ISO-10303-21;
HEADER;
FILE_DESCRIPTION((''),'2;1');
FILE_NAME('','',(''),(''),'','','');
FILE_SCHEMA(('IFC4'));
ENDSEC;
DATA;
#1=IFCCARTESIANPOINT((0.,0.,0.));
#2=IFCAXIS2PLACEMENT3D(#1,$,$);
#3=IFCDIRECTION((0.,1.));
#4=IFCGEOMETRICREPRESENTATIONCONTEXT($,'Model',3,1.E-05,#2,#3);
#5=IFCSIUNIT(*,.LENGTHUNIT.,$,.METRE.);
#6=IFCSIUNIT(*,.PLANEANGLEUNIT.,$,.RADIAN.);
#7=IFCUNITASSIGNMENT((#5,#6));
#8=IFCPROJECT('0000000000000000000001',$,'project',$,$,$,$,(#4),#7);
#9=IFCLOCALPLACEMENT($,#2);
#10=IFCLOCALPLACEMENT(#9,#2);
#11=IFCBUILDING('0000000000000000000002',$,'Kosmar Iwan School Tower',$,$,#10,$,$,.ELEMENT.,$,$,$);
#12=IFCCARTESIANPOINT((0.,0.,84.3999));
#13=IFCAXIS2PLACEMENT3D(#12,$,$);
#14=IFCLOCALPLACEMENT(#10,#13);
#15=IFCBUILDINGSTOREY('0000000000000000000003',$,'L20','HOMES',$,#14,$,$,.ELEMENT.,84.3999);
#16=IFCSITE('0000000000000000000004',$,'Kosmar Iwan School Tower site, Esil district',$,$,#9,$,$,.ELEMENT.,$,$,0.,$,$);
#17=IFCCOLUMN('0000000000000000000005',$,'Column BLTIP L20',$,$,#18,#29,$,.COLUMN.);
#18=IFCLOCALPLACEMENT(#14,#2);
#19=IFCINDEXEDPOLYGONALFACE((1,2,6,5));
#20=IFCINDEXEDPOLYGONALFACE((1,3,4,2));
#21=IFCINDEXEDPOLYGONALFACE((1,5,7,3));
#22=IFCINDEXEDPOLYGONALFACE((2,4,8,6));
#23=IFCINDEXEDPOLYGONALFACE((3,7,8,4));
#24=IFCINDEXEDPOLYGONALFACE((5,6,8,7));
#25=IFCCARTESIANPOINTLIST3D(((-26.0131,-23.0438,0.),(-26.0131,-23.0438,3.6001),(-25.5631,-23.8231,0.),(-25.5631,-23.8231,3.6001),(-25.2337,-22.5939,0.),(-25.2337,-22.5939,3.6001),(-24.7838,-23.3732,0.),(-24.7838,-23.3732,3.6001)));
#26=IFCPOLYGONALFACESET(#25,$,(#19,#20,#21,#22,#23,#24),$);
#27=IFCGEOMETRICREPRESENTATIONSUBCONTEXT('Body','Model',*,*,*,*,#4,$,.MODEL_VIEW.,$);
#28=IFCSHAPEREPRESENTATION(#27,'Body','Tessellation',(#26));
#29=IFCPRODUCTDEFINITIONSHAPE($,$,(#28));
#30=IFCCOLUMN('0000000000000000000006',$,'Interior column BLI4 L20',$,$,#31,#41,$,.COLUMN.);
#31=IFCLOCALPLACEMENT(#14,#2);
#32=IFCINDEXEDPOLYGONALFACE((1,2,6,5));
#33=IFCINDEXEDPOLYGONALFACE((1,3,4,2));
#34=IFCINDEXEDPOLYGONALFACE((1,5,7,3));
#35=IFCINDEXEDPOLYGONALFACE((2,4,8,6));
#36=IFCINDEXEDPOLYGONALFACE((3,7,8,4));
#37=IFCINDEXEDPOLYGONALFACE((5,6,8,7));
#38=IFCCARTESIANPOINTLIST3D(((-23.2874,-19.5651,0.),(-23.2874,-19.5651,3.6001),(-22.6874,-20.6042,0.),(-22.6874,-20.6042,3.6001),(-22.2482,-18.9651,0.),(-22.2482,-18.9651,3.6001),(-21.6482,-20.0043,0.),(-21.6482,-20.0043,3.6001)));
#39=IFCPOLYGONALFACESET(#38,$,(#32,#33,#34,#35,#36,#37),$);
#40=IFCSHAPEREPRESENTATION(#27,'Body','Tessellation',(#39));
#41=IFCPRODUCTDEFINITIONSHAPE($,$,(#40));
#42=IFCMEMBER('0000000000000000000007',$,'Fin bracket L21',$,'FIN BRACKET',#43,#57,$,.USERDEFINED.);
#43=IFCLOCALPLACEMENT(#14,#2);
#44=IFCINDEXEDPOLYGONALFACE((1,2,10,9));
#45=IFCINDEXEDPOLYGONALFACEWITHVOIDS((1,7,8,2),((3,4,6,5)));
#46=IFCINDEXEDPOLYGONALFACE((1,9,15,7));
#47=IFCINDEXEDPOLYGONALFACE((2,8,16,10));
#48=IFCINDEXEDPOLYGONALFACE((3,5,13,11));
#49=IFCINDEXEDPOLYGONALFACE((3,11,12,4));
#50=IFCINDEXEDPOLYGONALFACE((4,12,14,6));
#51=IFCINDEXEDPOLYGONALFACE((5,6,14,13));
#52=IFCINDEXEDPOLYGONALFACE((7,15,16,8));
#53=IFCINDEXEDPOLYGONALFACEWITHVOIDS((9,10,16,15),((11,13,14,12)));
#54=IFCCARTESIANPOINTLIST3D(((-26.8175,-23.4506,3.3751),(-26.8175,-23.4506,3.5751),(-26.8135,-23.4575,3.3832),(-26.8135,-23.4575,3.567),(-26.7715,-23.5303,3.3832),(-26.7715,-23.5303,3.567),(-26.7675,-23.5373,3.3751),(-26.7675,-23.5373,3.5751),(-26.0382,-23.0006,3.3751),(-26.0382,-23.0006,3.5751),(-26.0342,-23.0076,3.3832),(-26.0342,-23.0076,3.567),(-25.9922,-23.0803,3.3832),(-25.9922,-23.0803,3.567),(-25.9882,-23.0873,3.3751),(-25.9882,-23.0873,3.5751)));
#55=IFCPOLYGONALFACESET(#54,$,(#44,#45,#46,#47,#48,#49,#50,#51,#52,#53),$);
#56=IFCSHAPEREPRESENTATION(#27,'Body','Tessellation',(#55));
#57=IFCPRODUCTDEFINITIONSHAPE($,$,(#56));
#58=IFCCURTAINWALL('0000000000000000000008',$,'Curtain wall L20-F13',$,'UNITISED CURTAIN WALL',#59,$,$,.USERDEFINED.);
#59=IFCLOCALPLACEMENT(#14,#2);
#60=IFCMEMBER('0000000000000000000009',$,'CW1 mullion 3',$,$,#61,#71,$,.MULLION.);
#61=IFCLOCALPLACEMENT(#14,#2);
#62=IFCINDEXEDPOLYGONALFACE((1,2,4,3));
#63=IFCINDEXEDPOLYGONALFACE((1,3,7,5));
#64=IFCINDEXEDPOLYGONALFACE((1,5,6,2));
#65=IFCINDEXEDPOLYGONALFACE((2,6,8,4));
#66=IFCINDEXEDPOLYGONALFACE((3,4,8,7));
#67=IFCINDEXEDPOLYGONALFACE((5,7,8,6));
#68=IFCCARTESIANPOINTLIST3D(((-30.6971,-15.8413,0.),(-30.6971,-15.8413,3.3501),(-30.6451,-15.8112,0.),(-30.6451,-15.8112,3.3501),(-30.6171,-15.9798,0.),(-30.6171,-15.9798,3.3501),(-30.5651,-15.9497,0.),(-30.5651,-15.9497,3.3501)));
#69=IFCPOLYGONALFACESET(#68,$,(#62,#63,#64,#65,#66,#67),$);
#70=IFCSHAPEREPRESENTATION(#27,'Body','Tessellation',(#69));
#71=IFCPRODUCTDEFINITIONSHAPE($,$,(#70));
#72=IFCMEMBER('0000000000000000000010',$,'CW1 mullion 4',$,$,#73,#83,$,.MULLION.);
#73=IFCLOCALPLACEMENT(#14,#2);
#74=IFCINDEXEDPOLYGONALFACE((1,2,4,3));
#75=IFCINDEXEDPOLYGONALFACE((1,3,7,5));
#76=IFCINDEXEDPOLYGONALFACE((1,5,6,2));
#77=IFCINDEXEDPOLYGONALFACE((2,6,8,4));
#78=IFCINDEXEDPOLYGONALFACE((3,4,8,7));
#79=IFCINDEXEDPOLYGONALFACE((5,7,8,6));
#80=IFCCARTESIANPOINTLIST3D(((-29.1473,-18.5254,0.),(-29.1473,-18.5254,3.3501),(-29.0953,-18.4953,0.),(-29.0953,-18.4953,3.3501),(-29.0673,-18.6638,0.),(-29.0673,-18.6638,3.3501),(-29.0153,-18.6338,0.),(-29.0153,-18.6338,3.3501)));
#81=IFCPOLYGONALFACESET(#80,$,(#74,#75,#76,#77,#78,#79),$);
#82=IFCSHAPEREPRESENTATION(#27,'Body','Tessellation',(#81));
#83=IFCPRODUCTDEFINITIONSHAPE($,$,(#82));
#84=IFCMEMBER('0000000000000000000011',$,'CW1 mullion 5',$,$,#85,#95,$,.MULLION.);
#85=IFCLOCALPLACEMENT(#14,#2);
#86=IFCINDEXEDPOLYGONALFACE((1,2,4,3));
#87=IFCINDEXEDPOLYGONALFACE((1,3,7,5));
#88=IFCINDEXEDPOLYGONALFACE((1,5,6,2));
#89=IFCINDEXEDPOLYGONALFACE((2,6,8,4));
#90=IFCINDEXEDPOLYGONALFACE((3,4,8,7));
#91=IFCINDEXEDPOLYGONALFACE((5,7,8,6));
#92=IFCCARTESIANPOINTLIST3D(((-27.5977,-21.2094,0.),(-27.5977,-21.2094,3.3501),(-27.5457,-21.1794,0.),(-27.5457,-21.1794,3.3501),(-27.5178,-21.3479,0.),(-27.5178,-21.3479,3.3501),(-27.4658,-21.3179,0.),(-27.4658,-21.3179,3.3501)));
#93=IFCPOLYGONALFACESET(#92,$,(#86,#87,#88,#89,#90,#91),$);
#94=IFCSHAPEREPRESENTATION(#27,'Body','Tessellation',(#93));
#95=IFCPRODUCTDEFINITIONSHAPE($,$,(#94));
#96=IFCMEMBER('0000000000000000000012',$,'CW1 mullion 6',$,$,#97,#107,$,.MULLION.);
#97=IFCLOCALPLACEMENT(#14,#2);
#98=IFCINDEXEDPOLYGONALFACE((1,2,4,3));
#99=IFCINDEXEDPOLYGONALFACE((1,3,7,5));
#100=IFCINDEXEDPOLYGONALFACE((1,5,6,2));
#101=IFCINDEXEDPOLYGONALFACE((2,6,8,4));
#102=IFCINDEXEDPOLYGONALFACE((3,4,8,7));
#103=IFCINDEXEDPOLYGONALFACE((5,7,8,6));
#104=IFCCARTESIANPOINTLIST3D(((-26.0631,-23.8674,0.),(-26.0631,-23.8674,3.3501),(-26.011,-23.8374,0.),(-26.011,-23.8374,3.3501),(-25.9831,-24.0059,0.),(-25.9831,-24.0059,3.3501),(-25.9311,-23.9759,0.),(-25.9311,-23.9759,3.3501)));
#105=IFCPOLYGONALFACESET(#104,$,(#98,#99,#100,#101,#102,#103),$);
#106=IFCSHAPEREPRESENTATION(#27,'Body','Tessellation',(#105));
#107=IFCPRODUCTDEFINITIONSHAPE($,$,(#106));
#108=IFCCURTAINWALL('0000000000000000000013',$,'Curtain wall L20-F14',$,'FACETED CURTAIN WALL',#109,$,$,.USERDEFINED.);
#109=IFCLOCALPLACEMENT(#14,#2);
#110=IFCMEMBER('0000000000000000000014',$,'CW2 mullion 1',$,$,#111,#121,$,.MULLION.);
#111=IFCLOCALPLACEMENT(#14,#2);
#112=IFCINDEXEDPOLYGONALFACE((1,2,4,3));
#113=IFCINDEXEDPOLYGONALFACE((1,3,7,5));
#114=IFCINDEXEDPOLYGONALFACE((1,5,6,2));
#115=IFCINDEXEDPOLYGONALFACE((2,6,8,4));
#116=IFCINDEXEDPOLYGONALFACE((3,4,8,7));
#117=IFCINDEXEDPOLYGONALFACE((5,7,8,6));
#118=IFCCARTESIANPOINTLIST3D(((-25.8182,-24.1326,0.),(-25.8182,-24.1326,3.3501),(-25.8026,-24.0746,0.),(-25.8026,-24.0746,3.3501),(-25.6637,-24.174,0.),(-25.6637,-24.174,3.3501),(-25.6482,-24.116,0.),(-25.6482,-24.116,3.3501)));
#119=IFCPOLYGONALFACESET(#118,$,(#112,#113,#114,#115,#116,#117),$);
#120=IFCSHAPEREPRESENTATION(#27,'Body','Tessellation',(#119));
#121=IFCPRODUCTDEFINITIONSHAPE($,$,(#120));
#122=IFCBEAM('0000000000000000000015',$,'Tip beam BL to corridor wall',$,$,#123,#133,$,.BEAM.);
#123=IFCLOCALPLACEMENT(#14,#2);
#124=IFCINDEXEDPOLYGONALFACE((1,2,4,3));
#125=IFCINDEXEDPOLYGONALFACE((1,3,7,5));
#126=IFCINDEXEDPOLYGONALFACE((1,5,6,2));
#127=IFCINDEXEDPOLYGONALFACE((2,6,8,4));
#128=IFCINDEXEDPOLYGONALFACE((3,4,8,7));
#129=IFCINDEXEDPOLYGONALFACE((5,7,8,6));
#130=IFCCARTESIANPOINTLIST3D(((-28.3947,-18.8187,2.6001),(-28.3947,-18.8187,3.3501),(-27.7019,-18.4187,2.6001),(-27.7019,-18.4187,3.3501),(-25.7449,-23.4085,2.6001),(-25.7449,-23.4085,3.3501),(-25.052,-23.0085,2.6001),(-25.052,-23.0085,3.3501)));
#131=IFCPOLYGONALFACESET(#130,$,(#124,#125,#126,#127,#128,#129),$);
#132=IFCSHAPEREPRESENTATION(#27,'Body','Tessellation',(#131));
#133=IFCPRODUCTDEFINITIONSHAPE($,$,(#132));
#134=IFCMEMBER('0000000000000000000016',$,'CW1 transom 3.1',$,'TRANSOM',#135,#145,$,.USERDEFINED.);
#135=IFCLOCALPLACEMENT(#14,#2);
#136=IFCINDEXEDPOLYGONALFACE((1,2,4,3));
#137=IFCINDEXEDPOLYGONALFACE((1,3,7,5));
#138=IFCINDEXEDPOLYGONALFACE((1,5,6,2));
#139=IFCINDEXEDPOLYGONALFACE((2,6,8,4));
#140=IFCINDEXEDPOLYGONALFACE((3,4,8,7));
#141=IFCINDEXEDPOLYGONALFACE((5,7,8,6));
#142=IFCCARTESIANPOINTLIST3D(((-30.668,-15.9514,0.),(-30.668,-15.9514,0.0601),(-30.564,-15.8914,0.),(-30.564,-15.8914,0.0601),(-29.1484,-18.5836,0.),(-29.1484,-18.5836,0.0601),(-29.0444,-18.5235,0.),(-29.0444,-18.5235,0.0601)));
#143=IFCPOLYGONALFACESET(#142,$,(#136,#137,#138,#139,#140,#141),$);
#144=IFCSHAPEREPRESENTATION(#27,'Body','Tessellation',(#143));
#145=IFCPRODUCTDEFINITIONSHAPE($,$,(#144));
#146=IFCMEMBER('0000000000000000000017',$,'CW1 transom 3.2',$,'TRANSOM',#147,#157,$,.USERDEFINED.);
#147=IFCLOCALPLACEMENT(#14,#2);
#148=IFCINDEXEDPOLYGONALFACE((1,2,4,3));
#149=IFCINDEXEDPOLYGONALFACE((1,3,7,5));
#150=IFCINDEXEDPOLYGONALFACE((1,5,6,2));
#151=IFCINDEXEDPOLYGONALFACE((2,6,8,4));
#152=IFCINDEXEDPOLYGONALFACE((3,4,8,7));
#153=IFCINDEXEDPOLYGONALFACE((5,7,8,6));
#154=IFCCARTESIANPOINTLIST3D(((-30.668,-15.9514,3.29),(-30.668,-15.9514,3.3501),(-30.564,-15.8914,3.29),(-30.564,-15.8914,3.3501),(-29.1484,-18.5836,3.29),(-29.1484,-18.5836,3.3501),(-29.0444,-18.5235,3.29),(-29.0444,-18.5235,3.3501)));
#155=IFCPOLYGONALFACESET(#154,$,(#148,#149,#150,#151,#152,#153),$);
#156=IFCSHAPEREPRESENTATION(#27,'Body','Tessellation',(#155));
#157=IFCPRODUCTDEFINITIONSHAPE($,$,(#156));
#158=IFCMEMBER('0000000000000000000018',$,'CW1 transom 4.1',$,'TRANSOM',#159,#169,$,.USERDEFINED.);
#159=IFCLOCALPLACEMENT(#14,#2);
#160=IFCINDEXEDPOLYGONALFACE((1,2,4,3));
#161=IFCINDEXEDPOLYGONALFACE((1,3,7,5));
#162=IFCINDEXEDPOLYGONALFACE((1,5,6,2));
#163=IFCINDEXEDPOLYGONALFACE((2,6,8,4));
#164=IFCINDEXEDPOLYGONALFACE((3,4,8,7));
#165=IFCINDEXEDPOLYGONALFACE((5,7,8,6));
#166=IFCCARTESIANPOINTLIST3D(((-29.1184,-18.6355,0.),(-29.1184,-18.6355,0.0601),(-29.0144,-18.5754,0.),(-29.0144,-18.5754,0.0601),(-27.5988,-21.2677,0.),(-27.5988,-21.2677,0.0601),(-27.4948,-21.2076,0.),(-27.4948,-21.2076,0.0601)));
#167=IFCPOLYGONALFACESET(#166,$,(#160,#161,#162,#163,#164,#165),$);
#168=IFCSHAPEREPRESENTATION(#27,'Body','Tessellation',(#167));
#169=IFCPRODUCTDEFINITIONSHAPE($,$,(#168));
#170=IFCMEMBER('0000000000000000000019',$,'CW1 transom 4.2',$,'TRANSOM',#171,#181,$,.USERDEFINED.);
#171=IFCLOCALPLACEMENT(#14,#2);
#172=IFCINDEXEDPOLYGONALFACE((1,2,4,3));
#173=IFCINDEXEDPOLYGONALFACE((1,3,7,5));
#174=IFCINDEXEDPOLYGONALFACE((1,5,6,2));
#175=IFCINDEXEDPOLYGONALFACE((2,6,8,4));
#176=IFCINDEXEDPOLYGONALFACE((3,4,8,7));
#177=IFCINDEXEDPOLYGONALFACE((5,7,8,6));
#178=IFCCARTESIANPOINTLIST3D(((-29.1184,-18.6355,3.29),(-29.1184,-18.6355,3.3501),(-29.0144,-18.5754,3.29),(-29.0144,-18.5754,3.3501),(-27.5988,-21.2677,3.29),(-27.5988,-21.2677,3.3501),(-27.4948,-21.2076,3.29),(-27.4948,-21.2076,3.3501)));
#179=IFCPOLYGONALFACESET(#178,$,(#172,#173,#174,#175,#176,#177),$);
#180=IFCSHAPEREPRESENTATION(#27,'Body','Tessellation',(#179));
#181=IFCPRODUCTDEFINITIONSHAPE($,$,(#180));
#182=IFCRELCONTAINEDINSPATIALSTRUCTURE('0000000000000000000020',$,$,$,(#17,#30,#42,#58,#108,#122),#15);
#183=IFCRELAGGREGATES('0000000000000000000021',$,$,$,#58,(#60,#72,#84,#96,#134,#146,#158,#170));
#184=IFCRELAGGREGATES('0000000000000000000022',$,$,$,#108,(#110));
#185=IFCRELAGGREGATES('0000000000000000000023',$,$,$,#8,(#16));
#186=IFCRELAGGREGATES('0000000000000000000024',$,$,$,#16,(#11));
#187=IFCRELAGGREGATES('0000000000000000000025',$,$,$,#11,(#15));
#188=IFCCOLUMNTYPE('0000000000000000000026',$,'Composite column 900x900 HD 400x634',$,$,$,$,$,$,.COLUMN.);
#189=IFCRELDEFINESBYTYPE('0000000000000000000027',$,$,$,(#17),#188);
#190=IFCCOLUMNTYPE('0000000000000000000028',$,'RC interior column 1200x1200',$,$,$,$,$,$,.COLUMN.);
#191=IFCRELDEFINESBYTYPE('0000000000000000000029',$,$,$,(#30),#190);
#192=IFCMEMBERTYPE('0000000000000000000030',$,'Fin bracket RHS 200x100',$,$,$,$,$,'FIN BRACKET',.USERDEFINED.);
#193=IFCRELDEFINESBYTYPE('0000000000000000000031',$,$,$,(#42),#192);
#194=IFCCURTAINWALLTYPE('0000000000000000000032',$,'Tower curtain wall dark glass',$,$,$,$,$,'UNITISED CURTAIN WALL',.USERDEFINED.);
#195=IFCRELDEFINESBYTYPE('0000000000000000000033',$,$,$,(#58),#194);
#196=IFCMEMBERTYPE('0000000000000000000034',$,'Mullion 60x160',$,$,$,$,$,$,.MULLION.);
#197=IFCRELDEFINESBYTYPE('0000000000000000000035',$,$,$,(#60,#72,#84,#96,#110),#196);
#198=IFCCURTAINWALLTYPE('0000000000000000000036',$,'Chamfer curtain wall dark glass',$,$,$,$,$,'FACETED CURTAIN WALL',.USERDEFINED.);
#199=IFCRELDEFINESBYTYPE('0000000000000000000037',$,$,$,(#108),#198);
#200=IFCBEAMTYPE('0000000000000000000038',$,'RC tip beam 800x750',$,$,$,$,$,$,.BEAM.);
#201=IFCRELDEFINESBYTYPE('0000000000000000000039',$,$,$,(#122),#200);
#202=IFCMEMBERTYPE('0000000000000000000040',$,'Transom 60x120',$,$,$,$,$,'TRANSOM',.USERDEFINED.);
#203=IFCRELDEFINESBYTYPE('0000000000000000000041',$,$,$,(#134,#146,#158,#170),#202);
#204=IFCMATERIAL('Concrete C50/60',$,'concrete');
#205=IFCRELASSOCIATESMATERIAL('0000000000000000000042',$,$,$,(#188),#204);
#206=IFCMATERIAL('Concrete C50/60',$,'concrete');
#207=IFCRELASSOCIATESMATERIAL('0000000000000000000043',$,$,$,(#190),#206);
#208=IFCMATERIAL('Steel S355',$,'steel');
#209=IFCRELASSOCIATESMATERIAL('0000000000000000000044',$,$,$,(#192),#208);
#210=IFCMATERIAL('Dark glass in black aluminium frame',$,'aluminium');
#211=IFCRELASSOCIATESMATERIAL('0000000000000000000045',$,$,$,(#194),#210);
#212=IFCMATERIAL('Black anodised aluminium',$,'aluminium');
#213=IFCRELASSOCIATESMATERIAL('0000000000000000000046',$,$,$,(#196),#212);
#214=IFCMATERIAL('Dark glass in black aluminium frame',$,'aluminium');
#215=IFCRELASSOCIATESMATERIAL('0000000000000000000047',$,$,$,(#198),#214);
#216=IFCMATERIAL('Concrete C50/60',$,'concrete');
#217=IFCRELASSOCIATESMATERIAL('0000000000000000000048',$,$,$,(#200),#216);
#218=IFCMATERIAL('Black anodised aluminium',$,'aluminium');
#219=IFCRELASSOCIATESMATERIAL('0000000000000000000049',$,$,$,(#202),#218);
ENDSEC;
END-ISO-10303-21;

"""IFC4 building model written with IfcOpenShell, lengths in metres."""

from ifc_helpers import new_model, si_unit, direction, frame, origin, origin_2d, place, context, subcontext, project, spatial, rectangle, hollow_rectangle, extrude, material, material_profile, profile_set, type_object, element, aggregate, save


model = new_model("IFC4")

# Units and contexts
model_context = context("Model", 3, precision=1e-05, world=origin(), true_north=direction((0.0, 1.0)))
body_context = subcontext(model_context, "Body", "Model", "MODEL_VIEW")
ifc_project = project(units=[si_unit("LENGTHUNIT", "METRE"), si_unit("PLANEANGLEUNIT", "RADIAN")], contexts=[model_context])

# Site, building, storey
site_placement = place(None, origin())
site = spatial("IfcSite", under=ifc_project, at=site_placement, Name="Kosmar Iwan School Tower site, Esil district", CompositionType="ELEMENT", RefElevation=0.0)
building_placement = place(site_placement, origin())
building = spatial("IfcBuilding", under=site, at=building_placement, Name="Kosmar Iwan School Tower", CompositionType="ELEMENT")
storey_placement = place(building_placement, frame((0.0, 0.0, 84.3999)))
storey = spatial("IfcBuildingStorey", under=building, at=storey_placement, Name="L20", Description="HOMES", CompositionType="ELEMENT", Elevation=84.3999)

# Columns
ifc_material_1 = material(Name="Concrete C50/60", Category="concrete")
ifc_material_profile_1 = material_profile(ifc_material_1, rectangle(XDim=0.8999, YDim=0.8999, at=origin_2d()), Name="RC 900x900 + HD 400x634")
ifc_profile_set_1 = profile_set([ifc_material_profile_1], Name="Concrete C50/60")
column_type_1 = type_object("IfcColumnType", Name="Composite column 900x900 HD 400x634", PredefinedType="COLUMN", material=ifc_profile_set_1)
column_1_placement = place(storey_placement, frame((-25.3984, -23.2085, 0.0), z_axis=(0.0, 0.0, 1.0), x_axis=(-0.866025, -0.5, 0.0)))
element("IfcColumn", 1, at=column_1_placement, inside=storey, type_object=column_type_1, Name="Column BLTIP L20", PredefinedType="COLUMN", context=body_context, shape_type="SweptSolid", body=[
    extrude(rectangle(XDim=0.8999, YDim=0.8999, at=origin_2d()), origin(), (0.0, 0.0, 1.0), 3.6001),
])
ifc_material_2 = material(Name="Concrete C50/60", Category="concrete")
ifc_material_profile_2 = material_profile(ifc_material_2, rectangle(XDim=1.2, YDim=1.2, at=origin_2d()), Name="RC 1200x1200")
ifc_profile_set_2 = profile_set([ifc_material_profile_2], Name="Concrete C50/60")
column_type_2 = type_object("IfcColumnType", Name="RC interior column 1200x1200", PredefinedType="COLUMN", material=ifc_profile_set_2)
column_2_placement = place(storey_placement, frame((-22.4678, -19.7847, 0.0), z_axis=(0.0, 0.0, 1.0), x_axis=(-0.866025, -0.5, 0.0)))
element("IfcColumn", 2, at=column_2_placement, inside=storey, type_object=column_type_2, Name="Interior column BLI4 L20", PredefinedType="COLUMN", context=body_context, shape_type="SweptSolid", body=[
    extrude(rectangle(XDim=1.2, YDim=1.2, at=origin_2d()), origin(), (0.0, 0.0, 1.0), 3.6001),
])

# Member
ifc_material_3 = material(Name="Steel S355", Category="steel")
ifc_material_profile_3 = material_profile(ifc_material_3, hollow_rectangle(XDim=0.1001, YDim=0.2, WallThickness=0.0081, at=origin_2d()), Name="RHS 200x100x8")
ifc_profile_set_3 = profile_set([ifc_material_profile_3], Name="Steel S355")
member_type_1 = type_object("IfcMemberType", Name="Fin bracket RHS 200x100", ElementType="FIN BRACKET", PredefinedType="USERDEFINED", material=ifc_profile_set_3)
member_1_placement = place(storey_placement, frame((-26.0132, -23.0439, 3.4751), z_axis=(-0.866014, -0.50002, 0.0), x_axis=(0.50002, -0.866014, 0.0)))
element("IfcMember", 3, at=member_1_placement, inside=storey, type_object=member_type_1, Name="Fin bracket L21", ObjectType="FIN BRACKET", PredefinedType="USERDEFINED", context=body_context, shape_type="SweptSolid", body=[
    extrude(hollow_rectangle(XDim=0.1001, YDim=0.2, WallThickness=0.0081, at=origin_2d()), origin(), (0.0, 0.0, 1.0), 0.8999),
])

# Curtain wall, members
ifc_material_4 = material(Name="Dark glass in black aluminium frame", Category="aluminium")
curtain_wall_type_1 = type_object("IfcCurtainWallType", Name="Tower curtain wall dark glass", ElementType="UNITISED CURTAIN WALL", PredefinedType="USERDEFINED", material=ifc_material_4)
curtain_wall_1_placement = place(storey_placement, origin())
curtain_wall_1 = element("IfcCurtainWall", 4, at=curtain_wall_1_placement, inside=storey, type_object=curtain_wall_type_1, Name="Curtain wall L20-F13", ObjectType="UNITISED CURTAIN WALL", PredefinedType="USERDEFINED")
ifc_material_5 = material(Name="Black anodised aluminium", Category="aluminium")
ifc_material_profile_4 = material_profile(ifc_material_5, rectangle(XDim=0.0601, YDim=0.1599, at=origin_2d()), Name="MULLION 60x160")
ifc_profile_set_4 = profile_set([ifc_material_profile_4], Name="Black anodised aluminium")
member_type_2 = type_object("IfcMemberType", Name="Mullion 60x160", PredefinedType="MULLION", material=ifc_profile_set_4)
member_2_placement = place(storey_placement, frame((-30.6311, -15.8955, 0.0), z_axis=(0.0, 0.0, 1.0), x_axis=(0.866025, 0.5, 0.0)))
member_2 = element("IfcMember", 5, at=member_2_placement, type_object=member_type_2, Name="CW1 mullion 3", PredefinedType="MULLION", context=body_context, shape_type="SweptSolid", body=[
    extrude(rectangle(XDim=0.0601, YDim=0.1599, at=origin_2d()), origin(), (0.0, 0.0, 1.0), 3.3501),
])
member_3_placement = place(storey_placement, frame((-29.0813, -18.5796, 0.0), z_axis=(0.0, 0.0, 1.0), x_axis=(0.866025, 0.5, 0.0)))
member_3 = element("IfcMember", 6, at=member_3_placement, type_object=member_type_2, Name="CW1 mullion 4", PredefinedType="MULLION", context=body_context, shape_type="SweptSolid", body=[
    extrude(rectangle(XDim=0.0601, YDim=0.1599, at=origin_2d()), origin(), (0.0, 0.0, 1.0), 3.3501),
])
member_4_placement = place(storey_placement, frame((-27.5317, -21.2637, 0.0), z_axis=(0.0, 0.0, 1.0), x_axis=(0.866025, 0.5, 0.0)))
member_4 = element("IfcMember", 7, at=member_4_placement, type_object=member_type_2, Name="CW1 mullion 5", PredefinedType="MULLION", context=body_context, shape_type="SweptSolid", body=[
    extrude(rectangle(XDim=0.0601, YDim=0.1599, at=origin_2d()), origin(), (0.0, 0.0, 1.0), 3.3501),
])
member_5_placement = place(storey_placement, frame((-25.9971, -23.9216, 0.0), z_axis=(0.0, 0.0, 1.0), x_axis=(0.866025, 0.5, 0.0)))
member_5 = element("IfcMember", 8, at=member_5_placement, type_object=member_type_2, Name="CW1 mullion 6", PredefinedType="MULLION", context=body_context, shape_type="SweptSolid", body=[
    extrude(rectangle(XDim=0.0601, YDim=0.1599, at=origin_2d()), origin(), (0.0, 0.0, 1.0), 3.3501),
])

# Curtain wall, member
ifc_material_6 = material(Name="Dark glass in black aluminium frame", Category="aluminium")
curtain_wall_type_2 = type_object("IfcCurtainWallType", Name="Chamfer curtain wall dark glass", ElementType="FACETED CURTAIN WALL", PredefinedType="USERDEFINED", material=ifc_material_6)
curtain_wall_2_placement = place(storey_placement, origin())
curtain_wall_2 = element("IfcCurtainWall", 9, at=curtain_wall_2_placement, inside=storey, type_object=curtain_wall_type_2, Name="Curtain wall L20-F14", ObjectType="FACETED CURTAIN WALL", PredefinedType="USERDEFINED")
member_6_placement = place(storey_placement, frame((-25.7332, -24.1243, 0.0), z_axis=(0.0, 0.0, 1.0), x_axis=(0.258819, 0.965926, 0.0)))
member_6 = element("IfcMember", 10, at=member_6_placement, type_object=member_type_2, Name="CW2 mullion 1", PredefinedType="MULLION", context=body_context, shape_type="SweptSolid", body=[
    extrude(rectangle(XDim=0.0601, YDim=0.1599, at=origin_2d()), origin(), (0.0, 0.0, 1.0), 3.3501),
])

# Beam
ifc_material_7 = material(Name="Concrete C50/60", Category="concrete")
ifc_material_profile_5 = material_profile(ifc_material_7, rectangle(XDim=0.8, YDim=0.75, at=origin_2d()), Name="RC 800x750")
ifc_profile_set_5 = profile_set([ifc_material_profile_5], Name="Concrete C50/60")
beam_type = type_object("IfcBeamType", Name="RC tip beam 800x750", PredefinedType="BEAM", material=ifc_profile_set_5)
beam_placement = place(storey_placement, frame((-25.3984, -23.2085, 2.9751), z_axis=(-0.499994, 0.866029, 0.0), x_axis=(-0.866029, -0.499994, 0.0)))
element("IfcBeam", 11, at=beam_placement, inside=storey, type_object=beam_type, Name="Tip beam BL to corridor wall", PredefinedType="BEAM", context=body_context, shape_type="SweptSolid", body=[
    extrude(rectangle(XDim=0.8, YDim=0.75, at=origin_2d()), origin(), (0.0, 0.0, 1.0), 5.2998),
])

# Members
ifc_material_8 = material(Name="Black anodised aluminium", Category="aluminium")
ifc_material_profile_6 = material_profile(ifc_material_8, rectangle(XDim=0.1201, YDim=0.0601, at=origin_2d()), Name="TRANSOM 60x120")
ifc_profile_set_6 = profile_set([ifc_material_profile_6], Name="Black anodised aluminium")
member_type_3 = type_object("IfcMemberType", Name="Transom 60x120", ElementType="TRANSOM", PredefinedType="USERDEFINED", material=ifc_profile_set_6)
member_7_placement = place(storey_placement, frame((-30.616, -15.9214, 0.03), z_axis=(0.499975, -0.86604, 0.0), x_axis=(0.86604, 0.499975, 0.0)))
member_7 = element("IfcMember", 12, at=member_7_placement, type_object=member_type_3, Name="CW1 transom 3.1", ObjectType="TRANSOM", PredefinedType="USERDEFINED", context=body_context, shape_type="SweptSolid", body=[
    extrude(rectangle(XDim=0.1201, YDim=0.0601, at=origin_2d()), origin(), (0.0, 0.0, 1.0), 3.0393),
])
member_8_placement = place(storey_placement, frame((-30.616, -15.9214, 3.3201), z_axis=(0.499975, -0.86604, 0.0), x_axis=(0.86604, 0.499975, 0.0)))
member_8 = element("IfcMember", 13, at=member_8_placement, type_object=member_type_3, Name="CW1 transom 3.2", ObjectType="TRANSOM", PredefinedType="USERDEFINED", context=body_context, shape_type="SweptSolid", body=[
    extrude(rectangle(XDim=0.1201, YDim=0.0601, at=origin_2d()), origin(), (0.0, 0.0, 1.0), 3.0393),
])
member_9_placement = place(storey_placement, frame((-29.0664, -18.6055, 0.03), z_axis=(0.499975, -0.86604, 0.0), x_axis=(0.86604, 0.499975, 0.0)))
member_9 = element("IfcMember", 14, at=member_9_placement, type_object=member_type_3, Name="CW1 transom 4.1", ObjectType="TRANSOM", PredefinedType="USERDEFINED", context=body_context, shape_type="SweptSolid", body=[
    extrude(rectangle(XDim=0.1201, YDim=0.0601, at=origin_2d()), origin(), (0.0, 0.0, 1.0), 3.0393),
])
member_10_placement = place(storey_placement, frame((-29.0664, -18.6055, 3.3201), z_axis=(0.499975, -0.86604, 0.0), x_axis=(0.86604, 0.499975, 0.0)))
member_10 = element("IfcMember", 15, at=member_10_placement, type_object=member_type_3, Name="CW1 transom 4.2", ObjectType="TRANSOM", PredefinedType="USERDEFINED", context=body_context, shape_type="SweptSolid", body=[
    extrude(rectangle(XDim=0.1201, YDim=0.0601, at=origin_2d()), origin(), (0.0, 0.0, 1.0), 3.0393),
])

aggregate(curtain_wall_1, [member_2, member_3, member_4, member_5, member_7, member_8, member_9, member_10])
aggregate(curtain_wall_2, [member_6])

save(model, "model.ifc")
